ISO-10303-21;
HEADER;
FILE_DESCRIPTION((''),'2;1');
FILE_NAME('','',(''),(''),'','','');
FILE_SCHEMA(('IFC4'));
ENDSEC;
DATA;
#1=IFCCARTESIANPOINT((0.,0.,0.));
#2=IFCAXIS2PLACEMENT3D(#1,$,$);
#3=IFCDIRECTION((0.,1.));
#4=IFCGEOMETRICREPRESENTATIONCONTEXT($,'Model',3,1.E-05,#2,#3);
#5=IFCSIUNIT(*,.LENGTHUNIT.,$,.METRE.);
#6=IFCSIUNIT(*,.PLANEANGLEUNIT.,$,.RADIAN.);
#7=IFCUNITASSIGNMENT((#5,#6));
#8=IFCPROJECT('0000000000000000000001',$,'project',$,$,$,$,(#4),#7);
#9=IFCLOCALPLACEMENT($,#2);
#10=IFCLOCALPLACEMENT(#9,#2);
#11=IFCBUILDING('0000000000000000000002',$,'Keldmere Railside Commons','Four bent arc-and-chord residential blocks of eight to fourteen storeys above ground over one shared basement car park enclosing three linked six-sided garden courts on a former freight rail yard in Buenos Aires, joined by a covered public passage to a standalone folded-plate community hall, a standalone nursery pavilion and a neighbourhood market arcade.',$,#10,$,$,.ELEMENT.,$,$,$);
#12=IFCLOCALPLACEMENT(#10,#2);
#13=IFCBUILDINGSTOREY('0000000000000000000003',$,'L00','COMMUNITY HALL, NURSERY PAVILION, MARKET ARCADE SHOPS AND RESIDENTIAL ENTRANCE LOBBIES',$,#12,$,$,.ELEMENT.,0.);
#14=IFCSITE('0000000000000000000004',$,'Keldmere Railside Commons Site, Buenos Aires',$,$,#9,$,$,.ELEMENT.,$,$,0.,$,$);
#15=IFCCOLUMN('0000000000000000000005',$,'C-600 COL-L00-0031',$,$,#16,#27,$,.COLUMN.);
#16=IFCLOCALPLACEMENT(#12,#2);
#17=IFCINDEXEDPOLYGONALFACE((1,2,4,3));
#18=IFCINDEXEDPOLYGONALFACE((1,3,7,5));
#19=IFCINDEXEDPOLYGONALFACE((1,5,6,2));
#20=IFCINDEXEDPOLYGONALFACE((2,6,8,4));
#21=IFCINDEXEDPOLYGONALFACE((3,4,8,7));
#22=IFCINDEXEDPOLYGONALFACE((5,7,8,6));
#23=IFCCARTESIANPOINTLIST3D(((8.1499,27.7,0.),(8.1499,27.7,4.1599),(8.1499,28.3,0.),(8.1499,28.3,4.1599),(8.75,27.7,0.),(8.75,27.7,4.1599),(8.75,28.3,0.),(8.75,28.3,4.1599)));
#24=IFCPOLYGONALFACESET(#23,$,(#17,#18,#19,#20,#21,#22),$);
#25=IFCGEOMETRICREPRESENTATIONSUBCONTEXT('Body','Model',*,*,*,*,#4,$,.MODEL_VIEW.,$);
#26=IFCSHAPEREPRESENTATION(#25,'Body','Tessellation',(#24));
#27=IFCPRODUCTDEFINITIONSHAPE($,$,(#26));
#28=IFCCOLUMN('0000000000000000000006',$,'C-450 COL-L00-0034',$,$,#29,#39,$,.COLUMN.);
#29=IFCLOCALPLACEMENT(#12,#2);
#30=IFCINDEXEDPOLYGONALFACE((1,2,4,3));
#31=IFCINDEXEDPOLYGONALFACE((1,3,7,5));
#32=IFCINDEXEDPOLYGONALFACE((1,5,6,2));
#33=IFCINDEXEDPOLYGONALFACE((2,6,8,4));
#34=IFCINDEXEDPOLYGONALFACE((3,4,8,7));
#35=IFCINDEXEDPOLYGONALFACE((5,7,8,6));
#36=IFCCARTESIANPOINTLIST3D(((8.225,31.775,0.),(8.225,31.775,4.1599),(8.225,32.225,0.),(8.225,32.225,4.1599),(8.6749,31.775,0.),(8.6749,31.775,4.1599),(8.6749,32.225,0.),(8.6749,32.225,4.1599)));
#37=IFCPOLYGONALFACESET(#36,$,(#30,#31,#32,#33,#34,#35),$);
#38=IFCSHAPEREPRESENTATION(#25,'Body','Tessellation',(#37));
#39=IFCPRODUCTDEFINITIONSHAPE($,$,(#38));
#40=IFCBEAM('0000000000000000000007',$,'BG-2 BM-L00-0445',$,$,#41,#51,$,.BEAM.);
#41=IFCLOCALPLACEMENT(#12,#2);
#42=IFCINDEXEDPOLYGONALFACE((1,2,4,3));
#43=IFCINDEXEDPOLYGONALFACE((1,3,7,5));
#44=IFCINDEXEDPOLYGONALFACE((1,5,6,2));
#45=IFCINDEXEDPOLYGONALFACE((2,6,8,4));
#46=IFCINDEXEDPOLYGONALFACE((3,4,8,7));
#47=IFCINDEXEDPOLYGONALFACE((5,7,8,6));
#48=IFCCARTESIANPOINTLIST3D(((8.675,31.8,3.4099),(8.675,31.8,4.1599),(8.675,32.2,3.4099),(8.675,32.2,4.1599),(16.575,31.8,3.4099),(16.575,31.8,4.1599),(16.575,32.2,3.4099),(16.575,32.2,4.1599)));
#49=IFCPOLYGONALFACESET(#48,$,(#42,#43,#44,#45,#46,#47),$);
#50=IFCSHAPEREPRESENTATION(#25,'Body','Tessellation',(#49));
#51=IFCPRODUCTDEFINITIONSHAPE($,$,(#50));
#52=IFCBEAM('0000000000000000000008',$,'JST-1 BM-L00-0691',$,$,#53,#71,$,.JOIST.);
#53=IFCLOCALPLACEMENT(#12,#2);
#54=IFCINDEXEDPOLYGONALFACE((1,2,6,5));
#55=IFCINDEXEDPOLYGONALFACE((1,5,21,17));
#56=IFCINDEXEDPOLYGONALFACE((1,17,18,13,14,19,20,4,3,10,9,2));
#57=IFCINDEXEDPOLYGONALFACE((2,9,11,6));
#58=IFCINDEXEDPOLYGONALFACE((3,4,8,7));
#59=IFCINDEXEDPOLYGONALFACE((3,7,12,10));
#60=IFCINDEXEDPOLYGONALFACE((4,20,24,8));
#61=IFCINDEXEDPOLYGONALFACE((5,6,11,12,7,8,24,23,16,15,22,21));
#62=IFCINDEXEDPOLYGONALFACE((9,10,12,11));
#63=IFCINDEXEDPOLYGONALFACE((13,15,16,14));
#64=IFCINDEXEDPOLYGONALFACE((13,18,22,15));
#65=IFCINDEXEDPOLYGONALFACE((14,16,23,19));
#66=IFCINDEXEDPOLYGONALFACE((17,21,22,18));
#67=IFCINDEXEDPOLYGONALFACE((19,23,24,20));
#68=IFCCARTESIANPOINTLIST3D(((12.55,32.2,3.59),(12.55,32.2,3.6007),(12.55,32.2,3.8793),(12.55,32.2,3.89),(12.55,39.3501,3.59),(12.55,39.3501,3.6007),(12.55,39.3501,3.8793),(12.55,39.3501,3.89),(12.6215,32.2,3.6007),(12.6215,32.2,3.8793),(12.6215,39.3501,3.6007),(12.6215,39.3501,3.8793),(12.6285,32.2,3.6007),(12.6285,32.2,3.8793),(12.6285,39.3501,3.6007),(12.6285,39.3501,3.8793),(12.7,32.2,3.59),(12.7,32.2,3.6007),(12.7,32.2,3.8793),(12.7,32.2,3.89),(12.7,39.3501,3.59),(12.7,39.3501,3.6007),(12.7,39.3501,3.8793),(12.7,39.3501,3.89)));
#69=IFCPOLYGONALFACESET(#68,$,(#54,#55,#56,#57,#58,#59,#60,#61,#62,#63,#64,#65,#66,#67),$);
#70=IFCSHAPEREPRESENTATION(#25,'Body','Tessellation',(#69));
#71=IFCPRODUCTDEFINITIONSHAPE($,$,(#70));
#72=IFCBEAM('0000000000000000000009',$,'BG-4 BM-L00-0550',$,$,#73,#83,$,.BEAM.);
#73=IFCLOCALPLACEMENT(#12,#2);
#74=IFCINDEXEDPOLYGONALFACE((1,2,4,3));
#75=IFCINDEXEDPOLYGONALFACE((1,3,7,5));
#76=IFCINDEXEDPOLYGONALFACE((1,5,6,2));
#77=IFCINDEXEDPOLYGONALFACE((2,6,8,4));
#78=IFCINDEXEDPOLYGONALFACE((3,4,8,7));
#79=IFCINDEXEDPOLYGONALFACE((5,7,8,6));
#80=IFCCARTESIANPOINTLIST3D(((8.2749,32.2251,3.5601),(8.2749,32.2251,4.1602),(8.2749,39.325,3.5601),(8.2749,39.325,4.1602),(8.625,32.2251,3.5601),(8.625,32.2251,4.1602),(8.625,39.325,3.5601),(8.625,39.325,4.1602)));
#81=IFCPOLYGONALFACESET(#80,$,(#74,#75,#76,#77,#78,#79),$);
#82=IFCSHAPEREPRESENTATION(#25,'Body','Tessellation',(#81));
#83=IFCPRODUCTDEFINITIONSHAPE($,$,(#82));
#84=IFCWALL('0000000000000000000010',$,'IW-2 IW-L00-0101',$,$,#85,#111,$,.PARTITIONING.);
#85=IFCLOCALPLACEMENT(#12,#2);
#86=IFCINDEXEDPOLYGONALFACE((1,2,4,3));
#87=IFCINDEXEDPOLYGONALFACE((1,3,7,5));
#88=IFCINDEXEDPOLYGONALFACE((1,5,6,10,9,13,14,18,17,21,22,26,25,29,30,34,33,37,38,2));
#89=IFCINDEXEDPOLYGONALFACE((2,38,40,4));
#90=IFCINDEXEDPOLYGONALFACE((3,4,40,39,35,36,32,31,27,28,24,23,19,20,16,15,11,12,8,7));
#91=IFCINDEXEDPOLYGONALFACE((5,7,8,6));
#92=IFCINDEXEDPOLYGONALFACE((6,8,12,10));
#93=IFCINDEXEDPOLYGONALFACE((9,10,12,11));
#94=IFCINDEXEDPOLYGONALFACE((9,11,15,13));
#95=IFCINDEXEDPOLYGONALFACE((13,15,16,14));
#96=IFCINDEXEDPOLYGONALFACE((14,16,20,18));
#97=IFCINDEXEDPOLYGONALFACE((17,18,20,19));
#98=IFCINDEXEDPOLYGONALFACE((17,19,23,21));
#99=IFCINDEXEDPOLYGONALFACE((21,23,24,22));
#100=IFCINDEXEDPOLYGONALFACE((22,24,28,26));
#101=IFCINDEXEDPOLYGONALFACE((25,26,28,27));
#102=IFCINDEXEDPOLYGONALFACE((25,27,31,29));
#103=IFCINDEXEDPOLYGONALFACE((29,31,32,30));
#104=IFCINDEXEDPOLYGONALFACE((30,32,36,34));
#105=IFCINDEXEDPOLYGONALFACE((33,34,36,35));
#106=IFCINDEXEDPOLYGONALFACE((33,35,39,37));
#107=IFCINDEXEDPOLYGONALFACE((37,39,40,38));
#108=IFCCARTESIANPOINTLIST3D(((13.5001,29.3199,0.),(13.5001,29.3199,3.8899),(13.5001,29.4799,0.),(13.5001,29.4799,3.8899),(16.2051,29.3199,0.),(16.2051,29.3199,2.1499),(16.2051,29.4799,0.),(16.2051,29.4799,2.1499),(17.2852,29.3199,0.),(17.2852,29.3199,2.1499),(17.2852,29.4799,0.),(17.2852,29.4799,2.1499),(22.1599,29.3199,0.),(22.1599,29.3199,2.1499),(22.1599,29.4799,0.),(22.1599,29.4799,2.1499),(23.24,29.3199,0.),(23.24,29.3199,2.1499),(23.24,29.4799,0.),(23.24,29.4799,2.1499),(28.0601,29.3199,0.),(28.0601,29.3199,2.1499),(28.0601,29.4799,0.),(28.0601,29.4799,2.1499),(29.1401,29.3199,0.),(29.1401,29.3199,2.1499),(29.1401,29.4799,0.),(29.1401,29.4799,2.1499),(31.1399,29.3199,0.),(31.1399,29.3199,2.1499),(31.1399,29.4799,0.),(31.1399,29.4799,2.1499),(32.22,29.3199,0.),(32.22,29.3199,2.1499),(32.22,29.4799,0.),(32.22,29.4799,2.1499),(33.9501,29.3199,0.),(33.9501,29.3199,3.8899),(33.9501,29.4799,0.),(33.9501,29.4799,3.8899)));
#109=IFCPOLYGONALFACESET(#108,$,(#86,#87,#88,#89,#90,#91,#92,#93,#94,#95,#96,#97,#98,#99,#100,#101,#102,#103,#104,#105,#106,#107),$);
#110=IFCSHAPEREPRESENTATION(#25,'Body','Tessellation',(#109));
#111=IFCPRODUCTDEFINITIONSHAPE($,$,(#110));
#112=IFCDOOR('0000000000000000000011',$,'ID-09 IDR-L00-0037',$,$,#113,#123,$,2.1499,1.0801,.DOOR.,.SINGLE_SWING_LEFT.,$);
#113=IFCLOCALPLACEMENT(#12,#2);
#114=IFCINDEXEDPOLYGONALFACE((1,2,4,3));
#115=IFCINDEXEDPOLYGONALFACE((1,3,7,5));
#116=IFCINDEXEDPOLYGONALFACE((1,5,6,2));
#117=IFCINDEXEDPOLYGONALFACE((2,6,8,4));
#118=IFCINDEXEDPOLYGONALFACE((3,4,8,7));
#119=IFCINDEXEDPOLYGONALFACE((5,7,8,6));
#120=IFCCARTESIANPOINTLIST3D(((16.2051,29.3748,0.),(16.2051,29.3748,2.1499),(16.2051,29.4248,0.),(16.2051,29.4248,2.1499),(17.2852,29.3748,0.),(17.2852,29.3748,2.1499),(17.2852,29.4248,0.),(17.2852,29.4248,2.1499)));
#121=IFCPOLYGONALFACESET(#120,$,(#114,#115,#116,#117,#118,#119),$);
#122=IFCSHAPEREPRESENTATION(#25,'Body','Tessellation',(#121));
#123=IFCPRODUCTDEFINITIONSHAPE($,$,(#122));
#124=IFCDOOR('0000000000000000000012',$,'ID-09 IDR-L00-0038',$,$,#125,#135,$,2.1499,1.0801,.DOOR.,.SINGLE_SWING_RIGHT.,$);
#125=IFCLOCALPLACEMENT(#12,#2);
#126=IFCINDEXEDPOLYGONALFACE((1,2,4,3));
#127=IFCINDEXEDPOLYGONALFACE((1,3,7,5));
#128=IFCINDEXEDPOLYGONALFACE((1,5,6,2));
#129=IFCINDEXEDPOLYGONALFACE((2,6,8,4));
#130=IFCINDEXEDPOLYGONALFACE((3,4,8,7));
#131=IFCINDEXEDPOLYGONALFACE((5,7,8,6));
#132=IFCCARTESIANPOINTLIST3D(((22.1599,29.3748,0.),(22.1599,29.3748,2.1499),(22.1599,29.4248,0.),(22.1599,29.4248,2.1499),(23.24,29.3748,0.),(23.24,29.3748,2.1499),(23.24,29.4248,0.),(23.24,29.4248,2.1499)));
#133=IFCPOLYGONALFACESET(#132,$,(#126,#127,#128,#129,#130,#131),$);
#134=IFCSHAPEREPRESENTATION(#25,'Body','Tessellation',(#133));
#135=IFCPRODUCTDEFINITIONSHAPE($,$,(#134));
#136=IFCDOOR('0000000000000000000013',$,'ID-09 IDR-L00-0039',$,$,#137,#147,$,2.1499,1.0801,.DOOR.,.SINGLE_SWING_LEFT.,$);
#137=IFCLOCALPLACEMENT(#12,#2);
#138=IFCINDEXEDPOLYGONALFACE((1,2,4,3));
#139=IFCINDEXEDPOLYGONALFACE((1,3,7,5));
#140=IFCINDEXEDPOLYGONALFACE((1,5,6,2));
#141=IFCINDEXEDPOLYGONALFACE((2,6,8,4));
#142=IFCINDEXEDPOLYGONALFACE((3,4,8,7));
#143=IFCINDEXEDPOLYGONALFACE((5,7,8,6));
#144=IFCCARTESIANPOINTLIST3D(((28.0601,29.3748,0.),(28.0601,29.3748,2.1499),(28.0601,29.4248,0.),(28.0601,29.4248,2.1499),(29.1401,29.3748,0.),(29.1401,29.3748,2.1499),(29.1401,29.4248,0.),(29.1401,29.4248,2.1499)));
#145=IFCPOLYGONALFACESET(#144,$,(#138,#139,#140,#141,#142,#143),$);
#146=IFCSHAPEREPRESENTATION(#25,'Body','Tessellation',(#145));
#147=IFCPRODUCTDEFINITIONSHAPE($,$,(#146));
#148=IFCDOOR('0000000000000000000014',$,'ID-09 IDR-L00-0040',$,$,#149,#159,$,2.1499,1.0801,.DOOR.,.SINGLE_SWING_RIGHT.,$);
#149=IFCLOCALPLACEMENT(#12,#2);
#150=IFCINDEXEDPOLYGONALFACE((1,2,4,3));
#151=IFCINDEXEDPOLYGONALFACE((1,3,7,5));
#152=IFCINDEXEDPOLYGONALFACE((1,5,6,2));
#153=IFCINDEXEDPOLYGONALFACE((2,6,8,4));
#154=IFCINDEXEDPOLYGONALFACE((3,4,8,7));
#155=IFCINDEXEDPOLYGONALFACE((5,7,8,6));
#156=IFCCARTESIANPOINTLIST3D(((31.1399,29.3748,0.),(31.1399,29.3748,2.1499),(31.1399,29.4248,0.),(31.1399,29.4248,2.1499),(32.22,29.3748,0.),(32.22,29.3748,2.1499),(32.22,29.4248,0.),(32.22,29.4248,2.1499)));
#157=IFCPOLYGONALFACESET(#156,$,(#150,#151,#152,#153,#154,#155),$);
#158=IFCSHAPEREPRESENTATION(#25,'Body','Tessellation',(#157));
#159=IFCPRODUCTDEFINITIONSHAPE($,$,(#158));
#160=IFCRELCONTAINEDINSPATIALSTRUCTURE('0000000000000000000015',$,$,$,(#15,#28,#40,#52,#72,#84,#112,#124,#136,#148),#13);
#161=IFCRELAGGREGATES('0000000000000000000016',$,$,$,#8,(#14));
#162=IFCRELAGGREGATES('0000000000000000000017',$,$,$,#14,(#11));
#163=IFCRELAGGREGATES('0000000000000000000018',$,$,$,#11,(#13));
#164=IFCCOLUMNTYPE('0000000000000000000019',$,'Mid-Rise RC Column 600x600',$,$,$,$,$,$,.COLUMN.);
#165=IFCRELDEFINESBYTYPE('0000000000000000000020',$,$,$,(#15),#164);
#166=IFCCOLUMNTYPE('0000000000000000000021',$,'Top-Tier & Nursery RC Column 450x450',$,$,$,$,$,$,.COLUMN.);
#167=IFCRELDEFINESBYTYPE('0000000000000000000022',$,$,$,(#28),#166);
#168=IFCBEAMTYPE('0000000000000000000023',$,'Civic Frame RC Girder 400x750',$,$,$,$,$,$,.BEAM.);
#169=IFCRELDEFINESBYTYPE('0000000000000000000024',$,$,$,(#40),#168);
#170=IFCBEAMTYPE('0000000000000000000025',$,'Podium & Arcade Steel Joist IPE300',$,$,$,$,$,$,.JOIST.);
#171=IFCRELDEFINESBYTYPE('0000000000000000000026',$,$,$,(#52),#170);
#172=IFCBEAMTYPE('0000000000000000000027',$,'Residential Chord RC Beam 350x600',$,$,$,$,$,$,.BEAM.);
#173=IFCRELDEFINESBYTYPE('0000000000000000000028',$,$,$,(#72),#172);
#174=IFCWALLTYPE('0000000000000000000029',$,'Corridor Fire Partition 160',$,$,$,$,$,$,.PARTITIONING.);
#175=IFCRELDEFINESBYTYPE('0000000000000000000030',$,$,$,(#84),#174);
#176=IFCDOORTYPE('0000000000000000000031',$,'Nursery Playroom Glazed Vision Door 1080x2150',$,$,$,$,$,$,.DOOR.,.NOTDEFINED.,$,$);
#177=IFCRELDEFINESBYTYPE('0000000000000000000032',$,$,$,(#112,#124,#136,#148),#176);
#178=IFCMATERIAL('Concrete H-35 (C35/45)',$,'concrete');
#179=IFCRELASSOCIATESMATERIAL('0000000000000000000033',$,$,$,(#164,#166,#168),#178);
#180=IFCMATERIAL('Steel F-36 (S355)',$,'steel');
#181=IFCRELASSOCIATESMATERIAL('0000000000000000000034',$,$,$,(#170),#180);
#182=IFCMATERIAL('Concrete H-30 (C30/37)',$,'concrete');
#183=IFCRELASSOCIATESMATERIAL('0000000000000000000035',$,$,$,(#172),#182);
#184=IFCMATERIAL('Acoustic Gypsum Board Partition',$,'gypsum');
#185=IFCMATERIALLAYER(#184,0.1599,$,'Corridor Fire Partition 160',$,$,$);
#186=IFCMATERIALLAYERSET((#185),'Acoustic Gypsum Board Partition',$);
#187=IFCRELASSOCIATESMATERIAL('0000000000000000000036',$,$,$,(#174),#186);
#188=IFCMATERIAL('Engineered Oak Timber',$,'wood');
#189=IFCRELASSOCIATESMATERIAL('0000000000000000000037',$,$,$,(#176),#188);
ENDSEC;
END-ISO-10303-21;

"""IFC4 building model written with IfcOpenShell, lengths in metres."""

from ifc_helpers import new_model, si_unit, direction, frame, frame_2d, origin, origin_2d, place, context, subcontext, project, spatial, rectangle, i_section, extrude, material, layer, layer_set, material_profile, profile_set, type_object, element, fill, save


model = new_model("IFC4")

# Units and contexts
model_context = context("Model", 3, precision=1e-05, world=origin(), true_north=direction((0.0, 1.0)))
body_context = subcontext(model_context, "Body", "Model", "MODEL_VIEW")
ifc_project = project(units=[si_unit("LENGTHUNIT", "METRE"), si_unit("PLANEANGLEUNIT", "RADIAN")], contexts=[model_context])

# Site, building, storey
site_placement = place(None, origin())
site = spatial("IfcSite", under=ifc_project, at=site_placement, Name="Keldmere Railside Commons Site, Buenos Aires", CompositionType="ELEMENT", RefElevation=0.0)
building_placement = place(site_placement, origin())
building = spatial("IfcBuilding", under=site, at=building_placement, Name="Keldmere Railside Commons", Description="Four bent arc-and-chord residential blocks of eight to fourteen storeys above ground over one shared basement car park enclosing three linked six-sided garden courts on a former freight rail yard in Buenos Aires, joined by a covered public passage to a standalone folded-plate community hall, a standalone nursery pavilion and a neighbourhood market arcade.", CompositionType="ELEMENT")
storey_placement = place(building_placement, origin())
storey = spatial("IfcBuildingStorey", under=building, at=storey_placement, Name="L00", Description="COMMUNITY HALL, NURSERY PAVILION, MARKET ARCADE SHOPS AND RESIDENTIAL ENTRANCE LOBBIES", CompositionType="ELEMENT", Elevation=0.0)

# Columns
ifc_material_1 = material(Name="Concrete H-35 (C35/45)", Category="concrete")
ifc_material_profile_1 = material_profile(ifc_material_1, rectangle(XDim=0.6001, YDim=0.6001, at=origin_2d()), Name="RC-600x600")
ifc_profile_set_1 = profile_set([ifc_material_profile_1], Name="Concrete H-35 (C35/45)")
column_type_1 = type_object("IfcColumnType", Name="Mid-Rise RC Column 600x600", PredefinedType="COLUMN", material=ifc_profile_set_1)
column_1_placement = place(storey_placement, frame((8.45, 28.0, 0.0), z_axis=(0.0, 0.0, 1.0), x_axis=(1.0, 0.0, 0.0)))
element("IfcColumn", 1, at=column_1_placement, inside=storey, type_object=column_type_1, Name="C-600 COL-L00-0031", PredefinedType="COLUMN", context=body_context, shape_type="SweptSolid", body=[
    extrude(rectangle(XDim=0.6001, YDim=0.6001, at=origin_2d()), origin(), (0.0, 0.0, 1.0), 4.1599),
])
ifc_material_profile_2 = material_profile(ifc_material_1, rectangle(XDim=0.45, YDim=0.45, at=origin_2d()), Name="RC-450x450")
ifc_profile_set_2 = profile_set([ifc_material_profile_2], Name="Concrete H-35 (C35/45)")
column_type_2 = type_object("IfcColumnType", Name="Top-Tier & Nursery RC Column 450x450", PredefinedType="COLUMN", material=ifc_profile_set_2)
column_2_placement = place(storey_placement, frame((8.45, 32.0, 0.0), z_axis=(0.0, 0.0, 1.0), x_axis=(1.0, 0.0, 0.0)))
element("IfcColumn", 2, at=column_2_placement, inside=storey, type_object=column_type_2, Name="C-450 COL-L00-0034", PredefinedType="COLUMN", context=body_context, shape_type="SweptSolid", body=[
    extrude(rectangle(XDim=0.45, YDim=0.45, at=origin_2d()), origin(), (0.0, 0.0, 1.0), 4.1599),
])

# Beams
ifc_material_profile_3 = material_profile(ifc_material_1, rectangle(XDim=0.3999, YDim=0.75, at=origin_2d()), Name="RC-400x750")
ifc_profile_set_3 = profile_set([ifc_material_profile_3], Name="Concrete H-35 (C35/45)")
beam_type_1 = type_object("IfcBeamType", Name="Civic Frame RC Girder 400x750", PredefinedType="BEAM", material=ifc_profile_set_3)
beam_1_placement = place(storey_placement, frame((8.675, 32.0, 3.7849), z_axis=(1.0, 0.0, 0.0), x_axis=(0.0, 1.0, 0.0)))
element("IfcBeam", 3, at=beam_1_placement, inside=storey, type_object=beam_type_1, Name="BG-2 BM-L00-0445", PredefinedType="BEAM", context=body_context, shape_type="SweptSolid", body=[
    extrude(rectangle(XDim=0.3999, YDim=0.75, at=origin_2d()), origin(), (0.0, 0.0, 1.0), 7.8999),
])
ifc_material_2 = material(Name="Steel F-36 (S355)", Category="steel")
ifc_material_profile_4 = material_profile(ifc_material_2, i_section(OverallWidth=0.1499, OverallDepth=0.3, WebThickness=0.0071, FlangeThickness=0.0107, at=origin_2d()), Name="IPE-300")
ifc_profile_set_4 = profile_set([ifc_material_profile_4], Name="Steel F-36 (S355)")
beam_type_2 = type_object("IfcBeamType", Name="Podium & Arcade Steel Joist IPE300", PredefinedType="JOIST", material=ifc_profile_set_4)
beam_2_placement = place(storey_placement, frame((12.625, 32.2, 3.74), z_axis=(0.0, 1.0, 0.0), x_axis=(-1.0, 0.0, 0.0)))
element("IfcBeam", 4, at=beam_2_placement, inside=storey, type_object=beam_type_2, Name="JST-1 BM-L00-0691", PredefinedType="JOIST", context=body_context, shape_type="SweptSolid", body=[
    extrude(i_section(OverallWidth=0.1499, OverallDepth=0.3, WebThickness=0.0071, FlangeThickness=0.0107, at=origin_2d()), origin(), (0.0, 0.0, 1.0), 7.1501),
])
ifc_material_3 = material(Name="Concrete H-30 (C30/37)", Category="concrete")
ifc_material_profile_5 = material_profile(ifc_material_3, rectangle(XDim=0.3501, YDim=0.6001, at=origin_2d()), Name="RC-350x600")
ifc_profile_set_5 = profile_set([ifc_material_profile_5], Name="Concrete H-30 (C30/37)")
beam_type_3 = type_object("IfcBeamType", Name="Residential Chord RC Beam 350x600", PredefinedType="BEAM", material=ifc_profile_set_5)
beam_3_placement = place(storey_placement, frame((8.45, 32.2251, 3.8601), z_axis=(0.0, 1.0, 0.0), x_axis=(-1.0, 0.0, 0.0)))
element("IfcBeam", 5, at=beam_3_placement, inside=storey, type_object=beam_type_3, Name="BG-4 BM-L00-0550", PredefinedType="BEAM", context=body_context, shape_type="SweptSolid", body=[
    extrude(rectangle(XDim=0.3501, YDim=0.6001, at=origin_2d()), origin(), (0.0, 0.0, 1.0), 7.0999),
])

# Wall, openings, doors
ifc_material_4 = material(Name="Acoustic Gypsum Board Partition", Category="gypsum")
ifc_layer_1 = layer(ifc_material_4, 0.1599, Name="Corridor Fire Partition 160")
ifc_layer_set_1 = layer_set([ifc_layer_1], Name="Acoustic Gypsum Board Partition")
wall_type_1 = type_object("IfcWallType", Name="Corridor Fire Partition 160", PredefinedType="PARTITIONING", material=ifc_layer_set_1)
wall_1_placement = place(storey_placement, frame((13.5, 29.3999, 0.0), z_axis=(0.0, 0.0, 1.0), x_axis=(1.0, 0.0, 0.0)))
wall_1 = element("IfcWall", 6, at=wall_1_placement, inside=storey, type_object=wall_type_1, Name="IW-2 IW-L00-0101", PredefinedType="PARTITIONING", context=body_context, shape_type="SweptSolid", body=[
    extrude(rectangle(XDim=20.45, YDim=0.1599, at=frame_2d((10.2251, 0.0))), origin(), (0.0, 0.0, 1.0), 3.8899),
])
opening_1_placement = place(wall_1_placement, frame((2.7051, 0.0, 0.0)))
opening_1 = element("IfcOpeningElement", 7, at=opening_1_placement, cuts=wall_1, PredefinedType="OPENING", context=body_context, shape_type="SweptSolid", body=[
    extrude(rectangle(XDim=1.0801, YDim=2.1499, at=frame_2d((0.54, 1.075))), frame((0.0, 0.0898, 0.0), z_axis=(0.0, -1.0, 0.0), x_axis=(1.0, 0.0, 0.0)), (0.0, 0.0, 1.0), 0.1799),
])
opening_2_placement = place(wall_1_placement, frame((8.6599, 0.0, 0.0)))
opening_2 = element("IfcOpeningElement", 8, at=opening_2_placement, cuts=wall_1, PredefinedType="OPENING", context=body_context, shape_type="SweptSolid", body=[
    extrude(rectangle(XDim=1.0801, YDim=2.1499, at=frame_2d((0.54, 1.075))), frame((0.0, 0.0898, 0.0), z_axis=(0.0, -1.0, 0.0), x_axis=(1.0, 0.0, 0.0)), (0.0, 0.0, 1.0), 0.1799),
])
opening_3_placement = place(wall_1_placement, frame((14.5601, 0.0, 0.0)))
opening_3 = element("IfcOpeningElement", 9, at=opening_3_placement, cuts=wall_1, PredefinedType="OPENING", context=body_context, shape_type="SweptSolid", body=[
    extrude(rectangle(XDim=1.0801, YDim=2.1499, at=frame_2d((0.54, 1.075))), frame((0.0, 0.0898, 0.0), z_axis=(0.0, -1.0, 0.0), x_axis=(1.0, 0.0, 0.0)), (0.0, 0.0, 1.0), 0.1799),
])
opening_4_placement = place(wall_1_placement, frame((17.6399, 0.0, 0.0)))
opening_4 = element("IfcOpeningElement", 10, at=opening_4_placement, cuts=wall_1, PredefinedType="OPENING", context=body_context, shape_type="SweptSolid", body=[
    extrude(rectangle(XDim=1.0801, YDim=2.1499, at=frame_2d((0.54, 1.075))), frame((0.0, 0.0898, 0.0), z_axis=(0.0, -1.0, 0.0), x_axis=(1.0, 0.0, 0.0)), (0.0, 0.0, 1.0), 0.1799),
])
ifc_material_5 = material(Name="Engineered Oak Timber", Category="wood")
door_type_1 = type_object("IfcDoorType", Name="Nursery Playroom Glazed Vision Door 1080x2150", OperationType="NOTDEFINED", PredefinedType="DOOR", material=ifc_material_5)
door_1_placement = place(opening_1_placement, origin())
door_1 = element("IfcDoor", 11, at=door_1_placement, inside=storey, type_object=door_type_1, Name="ID-09 IDR-L00-0037", OperationType="SINGLE_SWING_LEFT", OverallHeight=2.1499, OverallWidth=1.0801, PredefinedType="DOOR", context=body_context, shape_type="SweptSolid", body=[
    extrude(rectangle(XDim=1.0801, YDim=2.1499, at=frame_2d((0.54, 1.075))), frame((0.0, 0.0249, 0.0), z_axis=(0.0, -1.0, 0.0), x_axis=(1.0, 0.0, 0.0)), (0.0, 0.0, 1.0), 0.05),
])
fill(opening_1, door_1)
door_2_placement = place(opening_2_placement, origin())
door_2 = element("IfcDoor", 12, at=door_2_placement, inside=storey, type_object=door_type_1, Name="ID-09 IDR-L00-0038", OperationType="SINGLE_SWING_RIGHT", OverallHeight=2.1499, OverallWidth=1.0801, PredefinedType="DOOR", context=body_context, shape_type="SweptSolid", body=[
    extrude(rectangle(XDim=1.0801, YDim=2.1499, at=frame_2d((0.54, 1.075))), frame((0.0, 0.0249, 0.0), z_axis=(0.0, -1.0, 0.0), x_axis=(1.0, 0.0, 0.0)), (0.0, 0.0, 1.0), 0.05),
])
fill(opening_2, door_2)
door_3_placement = place(opening_3_placement, origin())
door_3 = element("IfcDoor", 13, at=door_3_placement, inside=storey, type_object=door_type_1, Name="ID-09 IDR-L00-0039", OperationType="SINGLE_SWING_LEFT", OverallHeight=2.1499, OverallWidth=1.0801, PredefinedType="DOOR", context=body_context, shape_type="SweptSolid", body=[
    extrude(rectangle(XDim=1.0801, YDim=2.1499, at=frame_2d((0.54, 1.075))), frame((0.0, 0.0249, 0.0), z_axis=(0.0, -1.0, 0.0), x_axis=(1.0, 0.0, 0.0)), (0.0, 0.0, 1.0), 0.05),
])
fill(opening_3, door_3)
door_4_placement = place(opening_4_placement, origin())
door_4 = element("IfcDoor", 14, at=door_4_placement, inside=storey, type_object=door_type_1, Name="ID-09 IDR-L00-0040", OperationType="SINGLE_SWING_RIGHT", OverallHeight=2.1499, OverallWidth=1.0801, PredefinedType="DOOR", context=body_context, shape_type="SweptSolid", body=[
    extrude(rectangle(XDim=1.0801, YDim=2.1499, at=frame_2d((0.54, 1.075))), frame((0.0, 0.0249, 0.0), z_axis=(0.0, -1.0, 0.0), x_axis=(1.0, 0.0, 0.0)), (0.0, 0.0, 1.0), 0.05),
])
fill(opening_4, door_4)

save(model, "model.ifc")
